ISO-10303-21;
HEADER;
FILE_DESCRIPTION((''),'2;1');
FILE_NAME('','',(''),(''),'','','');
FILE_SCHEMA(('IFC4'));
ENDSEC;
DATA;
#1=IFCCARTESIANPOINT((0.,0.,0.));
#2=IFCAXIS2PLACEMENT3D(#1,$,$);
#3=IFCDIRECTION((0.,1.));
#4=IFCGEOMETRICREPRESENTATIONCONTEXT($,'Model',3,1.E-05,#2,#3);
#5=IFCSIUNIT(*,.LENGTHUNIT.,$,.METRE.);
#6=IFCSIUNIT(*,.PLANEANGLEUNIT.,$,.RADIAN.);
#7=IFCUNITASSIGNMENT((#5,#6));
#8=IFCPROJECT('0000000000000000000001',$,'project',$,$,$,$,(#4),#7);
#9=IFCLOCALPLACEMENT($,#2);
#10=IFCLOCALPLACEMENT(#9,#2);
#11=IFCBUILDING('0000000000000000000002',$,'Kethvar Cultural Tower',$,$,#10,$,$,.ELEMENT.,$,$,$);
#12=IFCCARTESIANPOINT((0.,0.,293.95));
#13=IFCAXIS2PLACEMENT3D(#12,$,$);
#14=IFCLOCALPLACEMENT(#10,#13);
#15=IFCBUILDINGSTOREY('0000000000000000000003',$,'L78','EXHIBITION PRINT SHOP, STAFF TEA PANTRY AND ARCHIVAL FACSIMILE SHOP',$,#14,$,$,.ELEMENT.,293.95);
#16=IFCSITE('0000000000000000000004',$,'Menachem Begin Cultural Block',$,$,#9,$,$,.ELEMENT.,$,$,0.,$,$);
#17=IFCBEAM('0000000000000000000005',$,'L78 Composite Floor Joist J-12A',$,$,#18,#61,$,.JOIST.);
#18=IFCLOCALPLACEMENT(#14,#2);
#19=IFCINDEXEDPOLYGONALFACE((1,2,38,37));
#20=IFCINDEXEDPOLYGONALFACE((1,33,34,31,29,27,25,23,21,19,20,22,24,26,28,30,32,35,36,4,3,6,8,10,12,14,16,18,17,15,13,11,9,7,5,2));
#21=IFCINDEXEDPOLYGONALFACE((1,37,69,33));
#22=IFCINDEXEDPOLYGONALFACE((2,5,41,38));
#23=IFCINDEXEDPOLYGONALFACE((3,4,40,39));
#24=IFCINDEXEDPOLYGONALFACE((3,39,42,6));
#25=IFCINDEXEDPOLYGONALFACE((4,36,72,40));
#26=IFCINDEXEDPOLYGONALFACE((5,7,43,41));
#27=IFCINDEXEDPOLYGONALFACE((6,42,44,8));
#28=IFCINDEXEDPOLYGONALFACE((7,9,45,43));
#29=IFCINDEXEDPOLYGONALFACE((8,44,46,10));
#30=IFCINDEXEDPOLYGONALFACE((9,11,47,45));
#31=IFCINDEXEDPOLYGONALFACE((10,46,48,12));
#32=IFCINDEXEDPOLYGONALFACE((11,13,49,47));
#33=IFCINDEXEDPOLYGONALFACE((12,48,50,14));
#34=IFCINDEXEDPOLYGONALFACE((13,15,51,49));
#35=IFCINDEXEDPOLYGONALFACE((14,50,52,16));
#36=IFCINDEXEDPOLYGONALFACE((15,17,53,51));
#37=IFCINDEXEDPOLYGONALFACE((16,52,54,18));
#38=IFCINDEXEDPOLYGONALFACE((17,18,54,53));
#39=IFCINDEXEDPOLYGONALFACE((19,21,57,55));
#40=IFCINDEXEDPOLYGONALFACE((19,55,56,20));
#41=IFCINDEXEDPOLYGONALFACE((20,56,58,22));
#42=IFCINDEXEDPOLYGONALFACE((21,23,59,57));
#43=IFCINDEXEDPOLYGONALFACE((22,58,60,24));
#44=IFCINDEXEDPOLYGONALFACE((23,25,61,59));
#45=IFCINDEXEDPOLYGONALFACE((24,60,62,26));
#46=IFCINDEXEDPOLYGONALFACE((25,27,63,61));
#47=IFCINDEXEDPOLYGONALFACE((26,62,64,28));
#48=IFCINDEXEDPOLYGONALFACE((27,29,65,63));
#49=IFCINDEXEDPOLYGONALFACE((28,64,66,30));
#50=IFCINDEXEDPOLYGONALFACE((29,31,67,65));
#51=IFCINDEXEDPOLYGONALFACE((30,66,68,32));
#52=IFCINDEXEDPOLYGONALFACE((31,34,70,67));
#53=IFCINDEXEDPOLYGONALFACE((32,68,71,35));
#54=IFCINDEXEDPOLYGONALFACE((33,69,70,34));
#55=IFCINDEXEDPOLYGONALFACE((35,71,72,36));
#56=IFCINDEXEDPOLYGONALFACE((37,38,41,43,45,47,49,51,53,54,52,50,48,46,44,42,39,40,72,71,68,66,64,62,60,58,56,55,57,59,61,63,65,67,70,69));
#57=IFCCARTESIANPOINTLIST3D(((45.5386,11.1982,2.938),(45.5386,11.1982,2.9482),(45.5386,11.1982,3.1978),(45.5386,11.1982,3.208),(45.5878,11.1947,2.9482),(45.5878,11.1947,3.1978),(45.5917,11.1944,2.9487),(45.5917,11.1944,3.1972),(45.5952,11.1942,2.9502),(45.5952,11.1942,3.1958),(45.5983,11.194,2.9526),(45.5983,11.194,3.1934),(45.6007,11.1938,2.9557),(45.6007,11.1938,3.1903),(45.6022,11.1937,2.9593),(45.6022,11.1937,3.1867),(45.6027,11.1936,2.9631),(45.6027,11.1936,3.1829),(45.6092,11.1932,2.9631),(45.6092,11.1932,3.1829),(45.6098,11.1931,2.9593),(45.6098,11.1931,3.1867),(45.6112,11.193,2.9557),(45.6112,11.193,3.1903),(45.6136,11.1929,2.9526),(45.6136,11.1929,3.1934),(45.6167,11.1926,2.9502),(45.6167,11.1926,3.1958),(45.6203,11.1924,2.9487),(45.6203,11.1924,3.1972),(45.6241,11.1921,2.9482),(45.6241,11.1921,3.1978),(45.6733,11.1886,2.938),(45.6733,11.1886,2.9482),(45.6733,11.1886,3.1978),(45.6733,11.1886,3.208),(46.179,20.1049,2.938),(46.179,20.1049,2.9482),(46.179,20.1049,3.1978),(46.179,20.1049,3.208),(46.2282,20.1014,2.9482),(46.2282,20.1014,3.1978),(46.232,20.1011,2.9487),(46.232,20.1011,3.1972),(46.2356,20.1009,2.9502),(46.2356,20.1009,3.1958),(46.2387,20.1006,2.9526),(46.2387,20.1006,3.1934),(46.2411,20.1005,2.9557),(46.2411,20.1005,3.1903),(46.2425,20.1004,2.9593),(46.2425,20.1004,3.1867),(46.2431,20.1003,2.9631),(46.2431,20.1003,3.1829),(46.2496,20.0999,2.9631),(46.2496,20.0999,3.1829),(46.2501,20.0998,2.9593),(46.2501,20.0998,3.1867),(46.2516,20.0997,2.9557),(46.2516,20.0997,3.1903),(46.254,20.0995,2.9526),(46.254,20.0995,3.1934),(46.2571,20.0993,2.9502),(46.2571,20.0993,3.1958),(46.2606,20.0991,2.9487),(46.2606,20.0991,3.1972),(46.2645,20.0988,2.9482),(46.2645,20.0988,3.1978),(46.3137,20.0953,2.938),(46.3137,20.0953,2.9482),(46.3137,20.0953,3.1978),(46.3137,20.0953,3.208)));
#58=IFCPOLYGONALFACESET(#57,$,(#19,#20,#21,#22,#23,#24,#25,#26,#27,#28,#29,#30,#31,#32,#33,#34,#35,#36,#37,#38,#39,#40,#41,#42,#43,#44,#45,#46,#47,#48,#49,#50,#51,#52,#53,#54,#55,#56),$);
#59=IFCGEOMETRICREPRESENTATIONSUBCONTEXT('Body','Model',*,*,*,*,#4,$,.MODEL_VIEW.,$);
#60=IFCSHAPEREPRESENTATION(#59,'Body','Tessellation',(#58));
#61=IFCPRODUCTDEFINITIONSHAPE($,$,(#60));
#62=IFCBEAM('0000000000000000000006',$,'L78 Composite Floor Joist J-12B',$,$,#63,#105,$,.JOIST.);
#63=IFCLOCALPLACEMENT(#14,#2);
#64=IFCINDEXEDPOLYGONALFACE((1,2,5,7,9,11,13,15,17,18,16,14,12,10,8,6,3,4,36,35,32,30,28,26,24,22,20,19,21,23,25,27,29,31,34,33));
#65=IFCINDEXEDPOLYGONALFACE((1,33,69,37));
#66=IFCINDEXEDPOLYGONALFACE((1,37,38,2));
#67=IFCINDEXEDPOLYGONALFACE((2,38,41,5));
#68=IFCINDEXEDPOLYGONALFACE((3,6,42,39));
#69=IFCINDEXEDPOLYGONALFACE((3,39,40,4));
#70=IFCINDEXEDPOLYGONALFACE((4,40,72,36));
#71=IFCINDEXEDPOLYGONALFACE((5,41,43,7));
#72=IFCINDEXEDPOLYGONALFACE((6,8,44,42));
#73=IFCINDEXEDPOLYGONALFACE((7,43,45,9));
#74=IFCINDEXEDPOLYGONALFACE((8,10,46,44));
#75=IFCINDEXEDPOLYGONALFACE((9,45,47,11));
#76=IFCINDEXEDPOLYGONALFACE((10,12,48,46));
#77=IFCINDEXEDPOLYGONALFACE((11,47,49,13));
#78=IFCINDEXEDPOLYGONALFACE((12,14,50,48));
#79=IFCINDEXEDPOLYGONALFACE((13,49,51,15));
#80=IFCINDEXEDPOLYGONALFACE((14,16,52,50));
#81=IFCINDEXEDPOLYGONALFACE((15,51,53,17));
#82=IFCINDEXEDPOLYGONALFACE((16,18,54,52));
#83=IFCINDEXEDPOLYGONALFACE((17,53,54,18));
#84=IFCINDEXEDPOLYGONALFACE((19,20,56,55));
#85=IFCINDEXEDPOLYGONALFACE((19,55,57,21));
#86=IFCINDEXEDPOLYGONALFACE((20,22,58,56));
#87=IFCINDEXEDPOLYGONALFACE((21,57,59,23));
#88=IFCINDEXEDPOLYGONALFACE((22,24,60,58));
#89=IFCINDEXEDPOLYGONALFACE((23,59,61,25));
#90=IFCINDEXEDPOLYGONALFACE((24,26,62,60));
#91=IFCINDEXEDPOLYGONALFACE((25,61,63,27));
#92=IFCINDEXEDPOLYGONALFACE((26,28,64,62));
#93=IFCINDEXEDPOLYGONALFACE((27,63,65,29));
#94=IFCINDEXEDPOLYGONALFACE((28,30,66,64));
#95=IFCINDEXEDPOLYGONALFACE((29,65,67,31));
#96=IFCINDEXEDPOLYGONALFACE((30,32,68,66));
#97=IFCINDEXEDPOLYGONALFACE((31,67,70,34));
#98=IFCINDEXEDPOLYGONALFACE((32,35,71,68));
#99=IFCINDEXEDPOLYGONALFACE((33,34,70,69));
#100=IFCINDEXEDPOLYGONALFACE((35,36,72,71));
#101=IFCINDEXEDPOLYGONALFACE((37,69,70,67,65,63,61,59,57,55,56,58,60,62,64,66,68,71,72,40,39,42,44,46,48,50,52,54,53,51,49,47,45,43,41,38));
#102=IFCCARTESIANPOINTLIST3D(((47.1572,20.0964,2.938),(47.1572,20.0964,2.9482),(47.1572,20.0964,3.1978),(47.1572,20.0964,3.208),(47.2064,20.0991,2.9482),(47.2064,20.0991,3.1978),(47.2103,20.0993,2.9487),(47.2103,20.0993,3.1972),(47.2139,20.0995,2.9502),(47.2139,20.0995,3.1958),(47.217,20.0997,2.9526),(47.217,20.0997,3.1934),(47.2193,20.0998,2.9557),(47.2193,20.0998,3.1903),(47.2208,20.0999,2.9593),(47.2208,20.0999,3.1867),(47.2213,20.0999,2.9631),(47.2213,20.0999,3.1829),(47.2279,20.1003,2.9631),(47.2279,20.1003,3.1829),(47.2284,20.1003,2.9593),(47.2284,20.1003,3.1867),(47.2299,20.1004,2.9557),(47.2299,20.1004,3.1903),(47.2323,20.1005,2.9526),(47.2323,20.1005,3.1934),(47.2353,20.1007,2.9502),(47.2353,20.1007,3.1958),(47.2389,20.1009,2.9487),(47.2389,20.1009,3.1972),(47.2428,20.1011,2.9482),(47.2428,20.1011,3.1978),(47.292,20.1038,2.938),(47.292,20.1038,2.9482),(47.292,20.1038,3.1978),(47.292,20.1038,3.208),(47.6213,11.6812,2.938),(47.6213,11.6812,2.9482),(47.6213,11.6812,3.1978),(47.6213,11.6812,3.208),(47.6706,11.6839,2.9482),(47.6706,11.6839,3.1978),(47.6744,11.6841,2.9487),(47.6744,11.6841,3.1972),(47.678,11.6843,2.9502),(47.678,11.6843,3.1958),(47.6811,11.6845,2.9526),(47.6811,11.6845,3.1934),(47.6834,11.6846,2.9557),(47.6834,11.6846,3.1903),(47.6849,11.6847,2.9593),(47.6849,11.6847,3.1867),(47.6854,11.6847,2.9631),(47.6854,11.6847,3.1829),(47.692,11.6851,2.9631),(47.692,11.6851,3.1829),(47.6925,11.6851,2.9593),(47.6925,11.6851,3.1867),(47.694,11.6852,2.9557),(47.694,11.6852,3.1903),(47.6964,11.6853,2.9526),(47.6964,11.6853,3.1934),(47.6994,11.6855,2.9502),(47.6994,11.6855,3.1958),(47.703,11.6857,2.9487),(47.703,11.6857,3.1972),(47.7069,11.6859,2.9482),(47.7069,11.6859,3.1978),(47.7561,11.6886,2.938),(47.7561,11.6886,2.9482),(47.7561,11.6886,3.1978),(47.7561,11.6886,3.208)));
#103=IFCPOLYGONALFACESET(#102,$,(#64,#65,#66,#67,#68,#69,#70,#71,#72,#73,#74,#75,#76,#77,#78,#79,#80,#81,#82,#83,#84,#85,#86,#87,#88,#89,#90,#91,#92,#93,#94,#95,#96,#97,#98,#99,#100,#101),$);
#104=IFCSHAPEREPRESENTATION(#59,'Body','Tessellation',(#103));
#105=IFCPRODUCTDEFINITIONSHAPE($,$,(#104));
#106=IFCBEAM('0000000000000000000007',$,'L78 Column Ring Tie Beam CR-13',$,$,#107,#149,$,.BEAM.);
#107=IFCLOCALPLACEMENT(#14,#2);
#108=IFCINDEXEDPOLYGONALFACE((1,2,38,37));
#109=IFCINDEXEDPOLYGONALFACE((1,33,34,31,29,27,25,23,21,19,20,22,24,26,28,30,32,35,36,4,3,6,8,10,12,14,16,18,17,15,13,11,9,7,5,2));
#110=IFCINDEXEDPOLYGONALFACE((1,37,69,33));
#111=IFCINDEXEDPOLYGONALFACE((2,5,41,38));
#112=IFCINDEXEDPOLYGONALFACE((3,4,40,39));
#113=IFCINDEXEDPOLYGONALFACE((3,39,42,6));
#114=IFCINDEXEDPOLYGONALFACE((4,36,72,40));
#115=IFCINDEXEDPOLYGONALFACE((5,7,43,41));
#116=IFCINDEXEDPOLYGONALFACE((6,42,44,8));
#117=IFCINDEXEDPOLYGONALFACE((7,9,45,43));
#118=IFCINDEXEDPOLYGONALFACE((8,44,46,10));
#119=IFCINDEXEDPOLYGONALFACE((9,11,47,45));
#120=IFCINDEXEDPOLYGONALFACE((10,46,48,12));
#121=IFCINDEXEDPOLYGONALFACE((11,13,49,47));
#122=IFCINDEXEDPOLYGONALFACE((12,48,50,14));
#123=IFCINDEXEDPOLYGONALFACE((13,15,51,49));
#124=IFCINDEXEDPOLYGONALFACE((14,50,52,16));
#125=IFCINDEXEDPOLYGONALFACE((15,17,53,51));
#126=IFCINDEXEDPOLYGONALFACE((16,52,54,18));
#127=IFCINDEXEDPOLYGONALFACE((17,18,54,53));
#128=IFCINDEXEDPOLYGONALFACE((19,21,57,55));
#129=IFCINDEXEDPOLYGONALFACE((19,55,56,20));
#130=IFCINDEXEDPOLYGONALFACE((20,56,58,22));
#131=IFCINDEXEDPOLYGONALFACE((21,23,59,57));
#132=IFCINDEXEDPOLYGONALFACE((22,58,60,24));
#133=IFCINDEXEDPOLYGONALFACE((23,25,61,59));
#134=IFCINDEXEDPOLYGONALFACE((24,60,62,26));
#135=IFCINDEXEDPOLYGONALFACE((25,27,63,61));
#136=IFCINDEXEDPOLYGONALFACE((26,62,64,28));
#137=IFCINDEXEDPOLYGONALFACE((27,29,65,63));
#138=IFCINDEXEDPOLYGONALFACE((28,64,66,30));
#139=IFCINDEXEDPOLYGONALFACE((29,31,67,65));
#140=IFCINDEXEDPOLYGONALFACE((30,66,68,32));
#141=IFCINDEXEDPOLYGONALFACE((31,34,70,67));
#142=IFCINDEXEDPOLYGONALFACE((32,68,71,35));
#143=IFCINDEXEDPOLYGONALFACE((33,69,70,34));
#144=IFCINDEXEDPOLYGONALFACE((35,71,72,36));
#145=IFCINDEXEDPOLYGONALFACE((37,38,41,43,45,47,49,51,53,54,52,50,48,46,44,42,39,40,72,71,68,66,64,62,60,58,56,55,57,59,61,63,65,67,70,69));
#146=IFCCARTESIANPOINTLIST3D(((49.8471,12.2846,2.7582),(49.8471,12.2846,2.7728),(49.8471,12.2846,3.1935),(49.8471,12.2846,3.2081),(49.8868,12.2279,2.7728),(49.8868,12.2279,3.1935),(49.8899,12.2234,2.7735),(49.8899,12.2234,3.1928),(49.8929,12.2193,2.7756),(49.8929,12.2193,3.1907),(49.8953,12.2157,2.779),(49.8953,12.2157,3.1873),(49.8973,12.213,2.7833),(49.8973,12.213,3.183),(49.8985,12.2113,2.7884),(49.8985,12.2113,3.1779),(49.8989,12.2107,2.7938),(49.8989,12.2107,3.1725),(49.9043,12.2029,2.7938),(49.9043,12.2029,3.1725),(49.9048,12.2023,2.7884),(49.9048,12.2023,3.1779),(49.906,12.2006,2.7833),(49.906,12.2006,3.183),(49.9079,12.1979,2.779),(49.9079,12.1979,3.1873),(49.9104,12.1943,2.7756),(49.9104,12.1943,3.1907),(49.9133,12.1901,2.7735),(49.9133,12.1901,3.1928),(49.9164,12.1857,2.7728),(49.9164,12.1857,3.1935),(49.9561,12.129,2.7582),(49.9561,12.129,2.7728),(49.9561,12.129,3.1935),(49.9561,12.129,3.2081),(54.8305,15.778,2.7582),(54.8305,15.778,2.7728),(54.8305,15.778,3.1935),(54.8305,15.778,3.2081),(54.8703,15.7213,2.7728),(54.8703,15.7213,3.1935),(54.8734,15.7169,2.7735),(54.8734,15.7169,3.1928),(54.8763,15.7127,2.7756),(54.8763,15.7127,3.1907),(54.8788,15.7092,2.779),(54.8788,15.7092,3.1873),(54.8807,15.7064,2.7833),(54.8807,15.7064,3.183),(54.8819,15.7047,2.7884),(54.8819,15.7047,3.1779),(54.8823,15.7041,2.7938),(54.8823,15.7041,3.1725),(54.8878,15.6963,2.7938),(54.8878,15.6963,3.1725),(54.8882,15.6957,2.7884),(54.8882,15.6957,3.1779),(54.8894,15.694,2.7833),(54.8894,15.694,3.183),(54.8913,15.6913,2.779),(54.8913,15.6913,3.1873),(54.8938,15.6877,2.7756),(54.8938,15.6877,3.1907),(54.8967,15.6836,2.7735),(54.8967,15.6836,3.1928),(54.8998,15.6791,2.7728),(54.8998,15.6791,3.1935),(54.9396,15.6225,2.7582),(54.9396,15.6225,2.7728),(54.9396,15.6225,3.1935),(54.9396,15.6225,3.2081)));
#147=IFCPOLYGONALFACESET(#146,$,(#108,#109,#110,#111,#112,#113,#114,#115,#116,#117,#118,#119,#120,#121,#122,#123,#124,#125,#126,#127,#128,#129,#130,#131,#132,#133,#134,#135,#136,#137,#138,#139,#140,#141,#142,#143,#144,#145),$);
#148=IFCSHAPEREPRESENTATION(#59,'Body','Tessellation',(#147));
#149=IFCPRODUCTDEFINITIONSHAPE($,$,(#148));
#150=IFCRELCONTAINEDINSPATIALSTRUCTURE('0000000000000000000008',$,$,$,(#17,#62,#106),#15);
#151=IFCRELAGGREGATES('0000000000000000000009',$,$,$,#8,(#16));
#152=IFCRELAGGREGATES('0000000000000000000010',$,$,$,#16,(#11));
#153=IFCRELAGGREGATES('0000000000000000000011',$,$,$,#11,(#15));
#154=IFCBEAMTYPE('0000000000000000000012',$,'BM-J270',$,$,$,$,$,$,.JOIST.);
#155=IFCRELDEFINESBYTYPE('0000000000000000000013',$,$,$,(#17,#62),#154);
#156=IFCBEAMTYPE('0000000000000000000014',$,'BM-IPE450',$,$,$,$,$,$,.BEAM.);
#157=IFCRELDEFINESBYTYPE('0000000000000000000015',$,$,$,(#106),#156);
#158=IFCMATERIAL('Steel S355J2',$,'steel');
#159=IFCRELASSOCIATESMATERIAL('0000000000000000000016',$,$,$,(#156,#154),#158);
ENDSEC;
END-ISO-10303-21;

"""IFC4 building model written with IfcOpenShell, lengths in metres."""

from ifc_helpers import new_model, si_unit, direction, frame, origin, origin_2d, place, context, subcontext, project, spatial, i_section, extrude, source, transform, mapped, material, material_profile, profile_set, type_object, element, save


model = new_model("IFC4")

# Units and contexts
model_context = context("Model", 3, precision=1e-05, world=origin(), true_north=direction((0.0, 1.0)))
body_context = subcontext(model_context, "Body", "Model", "MODEL_VIEW")
ifc_project = project(units=[si_unit("LENGTHUNIT", "METRE"), si_unit("PLANEANGLEUNIT", "RADIAN")], contexts=[model_context])

# Site, building, storey
site_placement = place(None, origin())
site = spatial("IfcSite", under=ifc_project, at=site_placement, Name="Menachem Begin Cultural Block", CompositionType="ELEMENT", RefElevation=0.0)
building_placement = place(site_placement, origin())
building = spatial("IfcBuilding", under=site, at=building_placement, Name="Kethvar Cultural Tower", CompositionType="ELEMENT")
storey_placement = place(building_placement, frame((0.0, 0.0, 293.95)))
storey = spatial("IfcBuildingStorey", under=building, at=storey_placement, Name="L78", Description="EXHIBITION PRINT SHOP, STAFF TEA PANTRY AND ARCHIVAL FACSIMILE SHOP", CompositionType="ELEMENT", Elevation=293.95)

# Shared definitions
ifc_material_1 = material(Name="Steel S355J2", Category="steel")

# Beams
ifc_material_profile_1 = material_profile(ifc_material_1, i_section(OverallWidth=0.1899, OverallDepth=0.45, WebThickness=0.0095, FlangeThickness=0.0146, FilletRadius=0.021, at=origin_2d()), Name="Steel S355J2 — IPE450")
ifc_profile_set_1 = profile_set([ifc_material_profile_1], Name="Steel S355J2 — IPE450")
beam_type_1 = type_object("IfcBeamType", Name="BM-IPE450", PredefinedType="BEAM", material=ifc_profile_set_1)
ifc_material_profile_2 = material_profile(ifc_material_1, i_section(OverallWidth=0.135, OverallDepth=0.27, WebThickness=0.0066, FlangeThickness=0.0103, FilletRadius=0.0149, at=origin_2d()), Name="Steel S355J2 — IPE270")
ifc_profile_set_2 = profile_set([ifc_material_profile_2], Name="Steel S355J2 — IPE270")
beam_type_2 = type_object("IfcBeamType", Name="BM-J270", PredefinedType="JOIST", material=ifc_profile_set_2)
shared_shape_1 = source(origin(), body_context, "Body", "SweptSolid", [
    extrude(i_section(OverallWidth=0.135, OverallDepth=0.27, WebThickness=0.0066, FlangeThickness=0.0103, FilletRadius=0.0149, at=origin_2d()), origin(), (0.0, 0.0, 1.0), 8.9297),
])
beam_1_placement = place(storey_placement, frame((46.2463, 20.1001, 3.073), z_axis=(-0.071713, -0.997425, 0.0), x_axis=(0.997425, -0.071713, 0.0)))
element("IfcBeam", 1, at=beam_1_placement, inside=storey, type_object=beam_type_2, Name="L78 Composite Floor Joist J-12A", PredefinedType="JOIST", context=body_context, shape_type="MappedRepresentation", body=[
    mapped(shared_shape_1, transform((0.0, 0.0, 0.0), scale=1.0)),
])
shared_shape_2 = source(origin(), body_context, "Body", "SweptSolid", [
    extrude(i_section(OverallWidth=0.135, OverallDepth=0.27, WebThickness=0.0066, FlangeThickness=0.0103, FilletRadius=0.0149, at=origin_2d()), origin(), (0.0, 0.0, 1.0), 8.428),
])
beam_2_placement = place(storey_placement, frame((47.2246, 20.1001, 3.073), z_axis=(0.055067, -0.998483, 0.0), x_axis=(0.998483, 0.055067, 0.0)))
element("IfcBeam", 2, at=beam_2_placement, inside=storey, type_object=beam_type_2, Name="L78 Composite Floor Joist J-12B", PredefinedType="JOIST", context=body_context, shape_type="MappedRepresentation", body=[
    mapped(shared_shape_2, transform((0.0, 0.0, 0.0), scale=1.0)),
])
shared_shape_3 = source(origin(), body_context, "Body", "SweptSolid", [
    extrude(i_section(OverallWidth=0.1899, OverallDepth=0.45, WebThickness=0.0095, FlangeThickness=0.0146, FilletRadius=0.021, at=origin_2d()), origin(), (0.0, 0.0, 1.0), 6.0859),
])
beam_3_placement = place(storey_placement, frame((49.9016, 12.2068, 2.9832), z_axis=(0.818843, 0.574017, 0.0), x_axis=(-0.574017, 0.818843, 0.0)))
element("IfcBeam", 3, at=beam_3_placement, inside=storey, type_object=beam_type_1, Name="L78 Column Ring Tie Beam CR-13", PredefinedType="BEAM", context=body_context, shape_type="MappedRepresentation", body=[
    mapped(shared_shape_3, transform((0.0, 0.0, 0.0), scale=1.0)),
])

save(model, "model.ifc")
